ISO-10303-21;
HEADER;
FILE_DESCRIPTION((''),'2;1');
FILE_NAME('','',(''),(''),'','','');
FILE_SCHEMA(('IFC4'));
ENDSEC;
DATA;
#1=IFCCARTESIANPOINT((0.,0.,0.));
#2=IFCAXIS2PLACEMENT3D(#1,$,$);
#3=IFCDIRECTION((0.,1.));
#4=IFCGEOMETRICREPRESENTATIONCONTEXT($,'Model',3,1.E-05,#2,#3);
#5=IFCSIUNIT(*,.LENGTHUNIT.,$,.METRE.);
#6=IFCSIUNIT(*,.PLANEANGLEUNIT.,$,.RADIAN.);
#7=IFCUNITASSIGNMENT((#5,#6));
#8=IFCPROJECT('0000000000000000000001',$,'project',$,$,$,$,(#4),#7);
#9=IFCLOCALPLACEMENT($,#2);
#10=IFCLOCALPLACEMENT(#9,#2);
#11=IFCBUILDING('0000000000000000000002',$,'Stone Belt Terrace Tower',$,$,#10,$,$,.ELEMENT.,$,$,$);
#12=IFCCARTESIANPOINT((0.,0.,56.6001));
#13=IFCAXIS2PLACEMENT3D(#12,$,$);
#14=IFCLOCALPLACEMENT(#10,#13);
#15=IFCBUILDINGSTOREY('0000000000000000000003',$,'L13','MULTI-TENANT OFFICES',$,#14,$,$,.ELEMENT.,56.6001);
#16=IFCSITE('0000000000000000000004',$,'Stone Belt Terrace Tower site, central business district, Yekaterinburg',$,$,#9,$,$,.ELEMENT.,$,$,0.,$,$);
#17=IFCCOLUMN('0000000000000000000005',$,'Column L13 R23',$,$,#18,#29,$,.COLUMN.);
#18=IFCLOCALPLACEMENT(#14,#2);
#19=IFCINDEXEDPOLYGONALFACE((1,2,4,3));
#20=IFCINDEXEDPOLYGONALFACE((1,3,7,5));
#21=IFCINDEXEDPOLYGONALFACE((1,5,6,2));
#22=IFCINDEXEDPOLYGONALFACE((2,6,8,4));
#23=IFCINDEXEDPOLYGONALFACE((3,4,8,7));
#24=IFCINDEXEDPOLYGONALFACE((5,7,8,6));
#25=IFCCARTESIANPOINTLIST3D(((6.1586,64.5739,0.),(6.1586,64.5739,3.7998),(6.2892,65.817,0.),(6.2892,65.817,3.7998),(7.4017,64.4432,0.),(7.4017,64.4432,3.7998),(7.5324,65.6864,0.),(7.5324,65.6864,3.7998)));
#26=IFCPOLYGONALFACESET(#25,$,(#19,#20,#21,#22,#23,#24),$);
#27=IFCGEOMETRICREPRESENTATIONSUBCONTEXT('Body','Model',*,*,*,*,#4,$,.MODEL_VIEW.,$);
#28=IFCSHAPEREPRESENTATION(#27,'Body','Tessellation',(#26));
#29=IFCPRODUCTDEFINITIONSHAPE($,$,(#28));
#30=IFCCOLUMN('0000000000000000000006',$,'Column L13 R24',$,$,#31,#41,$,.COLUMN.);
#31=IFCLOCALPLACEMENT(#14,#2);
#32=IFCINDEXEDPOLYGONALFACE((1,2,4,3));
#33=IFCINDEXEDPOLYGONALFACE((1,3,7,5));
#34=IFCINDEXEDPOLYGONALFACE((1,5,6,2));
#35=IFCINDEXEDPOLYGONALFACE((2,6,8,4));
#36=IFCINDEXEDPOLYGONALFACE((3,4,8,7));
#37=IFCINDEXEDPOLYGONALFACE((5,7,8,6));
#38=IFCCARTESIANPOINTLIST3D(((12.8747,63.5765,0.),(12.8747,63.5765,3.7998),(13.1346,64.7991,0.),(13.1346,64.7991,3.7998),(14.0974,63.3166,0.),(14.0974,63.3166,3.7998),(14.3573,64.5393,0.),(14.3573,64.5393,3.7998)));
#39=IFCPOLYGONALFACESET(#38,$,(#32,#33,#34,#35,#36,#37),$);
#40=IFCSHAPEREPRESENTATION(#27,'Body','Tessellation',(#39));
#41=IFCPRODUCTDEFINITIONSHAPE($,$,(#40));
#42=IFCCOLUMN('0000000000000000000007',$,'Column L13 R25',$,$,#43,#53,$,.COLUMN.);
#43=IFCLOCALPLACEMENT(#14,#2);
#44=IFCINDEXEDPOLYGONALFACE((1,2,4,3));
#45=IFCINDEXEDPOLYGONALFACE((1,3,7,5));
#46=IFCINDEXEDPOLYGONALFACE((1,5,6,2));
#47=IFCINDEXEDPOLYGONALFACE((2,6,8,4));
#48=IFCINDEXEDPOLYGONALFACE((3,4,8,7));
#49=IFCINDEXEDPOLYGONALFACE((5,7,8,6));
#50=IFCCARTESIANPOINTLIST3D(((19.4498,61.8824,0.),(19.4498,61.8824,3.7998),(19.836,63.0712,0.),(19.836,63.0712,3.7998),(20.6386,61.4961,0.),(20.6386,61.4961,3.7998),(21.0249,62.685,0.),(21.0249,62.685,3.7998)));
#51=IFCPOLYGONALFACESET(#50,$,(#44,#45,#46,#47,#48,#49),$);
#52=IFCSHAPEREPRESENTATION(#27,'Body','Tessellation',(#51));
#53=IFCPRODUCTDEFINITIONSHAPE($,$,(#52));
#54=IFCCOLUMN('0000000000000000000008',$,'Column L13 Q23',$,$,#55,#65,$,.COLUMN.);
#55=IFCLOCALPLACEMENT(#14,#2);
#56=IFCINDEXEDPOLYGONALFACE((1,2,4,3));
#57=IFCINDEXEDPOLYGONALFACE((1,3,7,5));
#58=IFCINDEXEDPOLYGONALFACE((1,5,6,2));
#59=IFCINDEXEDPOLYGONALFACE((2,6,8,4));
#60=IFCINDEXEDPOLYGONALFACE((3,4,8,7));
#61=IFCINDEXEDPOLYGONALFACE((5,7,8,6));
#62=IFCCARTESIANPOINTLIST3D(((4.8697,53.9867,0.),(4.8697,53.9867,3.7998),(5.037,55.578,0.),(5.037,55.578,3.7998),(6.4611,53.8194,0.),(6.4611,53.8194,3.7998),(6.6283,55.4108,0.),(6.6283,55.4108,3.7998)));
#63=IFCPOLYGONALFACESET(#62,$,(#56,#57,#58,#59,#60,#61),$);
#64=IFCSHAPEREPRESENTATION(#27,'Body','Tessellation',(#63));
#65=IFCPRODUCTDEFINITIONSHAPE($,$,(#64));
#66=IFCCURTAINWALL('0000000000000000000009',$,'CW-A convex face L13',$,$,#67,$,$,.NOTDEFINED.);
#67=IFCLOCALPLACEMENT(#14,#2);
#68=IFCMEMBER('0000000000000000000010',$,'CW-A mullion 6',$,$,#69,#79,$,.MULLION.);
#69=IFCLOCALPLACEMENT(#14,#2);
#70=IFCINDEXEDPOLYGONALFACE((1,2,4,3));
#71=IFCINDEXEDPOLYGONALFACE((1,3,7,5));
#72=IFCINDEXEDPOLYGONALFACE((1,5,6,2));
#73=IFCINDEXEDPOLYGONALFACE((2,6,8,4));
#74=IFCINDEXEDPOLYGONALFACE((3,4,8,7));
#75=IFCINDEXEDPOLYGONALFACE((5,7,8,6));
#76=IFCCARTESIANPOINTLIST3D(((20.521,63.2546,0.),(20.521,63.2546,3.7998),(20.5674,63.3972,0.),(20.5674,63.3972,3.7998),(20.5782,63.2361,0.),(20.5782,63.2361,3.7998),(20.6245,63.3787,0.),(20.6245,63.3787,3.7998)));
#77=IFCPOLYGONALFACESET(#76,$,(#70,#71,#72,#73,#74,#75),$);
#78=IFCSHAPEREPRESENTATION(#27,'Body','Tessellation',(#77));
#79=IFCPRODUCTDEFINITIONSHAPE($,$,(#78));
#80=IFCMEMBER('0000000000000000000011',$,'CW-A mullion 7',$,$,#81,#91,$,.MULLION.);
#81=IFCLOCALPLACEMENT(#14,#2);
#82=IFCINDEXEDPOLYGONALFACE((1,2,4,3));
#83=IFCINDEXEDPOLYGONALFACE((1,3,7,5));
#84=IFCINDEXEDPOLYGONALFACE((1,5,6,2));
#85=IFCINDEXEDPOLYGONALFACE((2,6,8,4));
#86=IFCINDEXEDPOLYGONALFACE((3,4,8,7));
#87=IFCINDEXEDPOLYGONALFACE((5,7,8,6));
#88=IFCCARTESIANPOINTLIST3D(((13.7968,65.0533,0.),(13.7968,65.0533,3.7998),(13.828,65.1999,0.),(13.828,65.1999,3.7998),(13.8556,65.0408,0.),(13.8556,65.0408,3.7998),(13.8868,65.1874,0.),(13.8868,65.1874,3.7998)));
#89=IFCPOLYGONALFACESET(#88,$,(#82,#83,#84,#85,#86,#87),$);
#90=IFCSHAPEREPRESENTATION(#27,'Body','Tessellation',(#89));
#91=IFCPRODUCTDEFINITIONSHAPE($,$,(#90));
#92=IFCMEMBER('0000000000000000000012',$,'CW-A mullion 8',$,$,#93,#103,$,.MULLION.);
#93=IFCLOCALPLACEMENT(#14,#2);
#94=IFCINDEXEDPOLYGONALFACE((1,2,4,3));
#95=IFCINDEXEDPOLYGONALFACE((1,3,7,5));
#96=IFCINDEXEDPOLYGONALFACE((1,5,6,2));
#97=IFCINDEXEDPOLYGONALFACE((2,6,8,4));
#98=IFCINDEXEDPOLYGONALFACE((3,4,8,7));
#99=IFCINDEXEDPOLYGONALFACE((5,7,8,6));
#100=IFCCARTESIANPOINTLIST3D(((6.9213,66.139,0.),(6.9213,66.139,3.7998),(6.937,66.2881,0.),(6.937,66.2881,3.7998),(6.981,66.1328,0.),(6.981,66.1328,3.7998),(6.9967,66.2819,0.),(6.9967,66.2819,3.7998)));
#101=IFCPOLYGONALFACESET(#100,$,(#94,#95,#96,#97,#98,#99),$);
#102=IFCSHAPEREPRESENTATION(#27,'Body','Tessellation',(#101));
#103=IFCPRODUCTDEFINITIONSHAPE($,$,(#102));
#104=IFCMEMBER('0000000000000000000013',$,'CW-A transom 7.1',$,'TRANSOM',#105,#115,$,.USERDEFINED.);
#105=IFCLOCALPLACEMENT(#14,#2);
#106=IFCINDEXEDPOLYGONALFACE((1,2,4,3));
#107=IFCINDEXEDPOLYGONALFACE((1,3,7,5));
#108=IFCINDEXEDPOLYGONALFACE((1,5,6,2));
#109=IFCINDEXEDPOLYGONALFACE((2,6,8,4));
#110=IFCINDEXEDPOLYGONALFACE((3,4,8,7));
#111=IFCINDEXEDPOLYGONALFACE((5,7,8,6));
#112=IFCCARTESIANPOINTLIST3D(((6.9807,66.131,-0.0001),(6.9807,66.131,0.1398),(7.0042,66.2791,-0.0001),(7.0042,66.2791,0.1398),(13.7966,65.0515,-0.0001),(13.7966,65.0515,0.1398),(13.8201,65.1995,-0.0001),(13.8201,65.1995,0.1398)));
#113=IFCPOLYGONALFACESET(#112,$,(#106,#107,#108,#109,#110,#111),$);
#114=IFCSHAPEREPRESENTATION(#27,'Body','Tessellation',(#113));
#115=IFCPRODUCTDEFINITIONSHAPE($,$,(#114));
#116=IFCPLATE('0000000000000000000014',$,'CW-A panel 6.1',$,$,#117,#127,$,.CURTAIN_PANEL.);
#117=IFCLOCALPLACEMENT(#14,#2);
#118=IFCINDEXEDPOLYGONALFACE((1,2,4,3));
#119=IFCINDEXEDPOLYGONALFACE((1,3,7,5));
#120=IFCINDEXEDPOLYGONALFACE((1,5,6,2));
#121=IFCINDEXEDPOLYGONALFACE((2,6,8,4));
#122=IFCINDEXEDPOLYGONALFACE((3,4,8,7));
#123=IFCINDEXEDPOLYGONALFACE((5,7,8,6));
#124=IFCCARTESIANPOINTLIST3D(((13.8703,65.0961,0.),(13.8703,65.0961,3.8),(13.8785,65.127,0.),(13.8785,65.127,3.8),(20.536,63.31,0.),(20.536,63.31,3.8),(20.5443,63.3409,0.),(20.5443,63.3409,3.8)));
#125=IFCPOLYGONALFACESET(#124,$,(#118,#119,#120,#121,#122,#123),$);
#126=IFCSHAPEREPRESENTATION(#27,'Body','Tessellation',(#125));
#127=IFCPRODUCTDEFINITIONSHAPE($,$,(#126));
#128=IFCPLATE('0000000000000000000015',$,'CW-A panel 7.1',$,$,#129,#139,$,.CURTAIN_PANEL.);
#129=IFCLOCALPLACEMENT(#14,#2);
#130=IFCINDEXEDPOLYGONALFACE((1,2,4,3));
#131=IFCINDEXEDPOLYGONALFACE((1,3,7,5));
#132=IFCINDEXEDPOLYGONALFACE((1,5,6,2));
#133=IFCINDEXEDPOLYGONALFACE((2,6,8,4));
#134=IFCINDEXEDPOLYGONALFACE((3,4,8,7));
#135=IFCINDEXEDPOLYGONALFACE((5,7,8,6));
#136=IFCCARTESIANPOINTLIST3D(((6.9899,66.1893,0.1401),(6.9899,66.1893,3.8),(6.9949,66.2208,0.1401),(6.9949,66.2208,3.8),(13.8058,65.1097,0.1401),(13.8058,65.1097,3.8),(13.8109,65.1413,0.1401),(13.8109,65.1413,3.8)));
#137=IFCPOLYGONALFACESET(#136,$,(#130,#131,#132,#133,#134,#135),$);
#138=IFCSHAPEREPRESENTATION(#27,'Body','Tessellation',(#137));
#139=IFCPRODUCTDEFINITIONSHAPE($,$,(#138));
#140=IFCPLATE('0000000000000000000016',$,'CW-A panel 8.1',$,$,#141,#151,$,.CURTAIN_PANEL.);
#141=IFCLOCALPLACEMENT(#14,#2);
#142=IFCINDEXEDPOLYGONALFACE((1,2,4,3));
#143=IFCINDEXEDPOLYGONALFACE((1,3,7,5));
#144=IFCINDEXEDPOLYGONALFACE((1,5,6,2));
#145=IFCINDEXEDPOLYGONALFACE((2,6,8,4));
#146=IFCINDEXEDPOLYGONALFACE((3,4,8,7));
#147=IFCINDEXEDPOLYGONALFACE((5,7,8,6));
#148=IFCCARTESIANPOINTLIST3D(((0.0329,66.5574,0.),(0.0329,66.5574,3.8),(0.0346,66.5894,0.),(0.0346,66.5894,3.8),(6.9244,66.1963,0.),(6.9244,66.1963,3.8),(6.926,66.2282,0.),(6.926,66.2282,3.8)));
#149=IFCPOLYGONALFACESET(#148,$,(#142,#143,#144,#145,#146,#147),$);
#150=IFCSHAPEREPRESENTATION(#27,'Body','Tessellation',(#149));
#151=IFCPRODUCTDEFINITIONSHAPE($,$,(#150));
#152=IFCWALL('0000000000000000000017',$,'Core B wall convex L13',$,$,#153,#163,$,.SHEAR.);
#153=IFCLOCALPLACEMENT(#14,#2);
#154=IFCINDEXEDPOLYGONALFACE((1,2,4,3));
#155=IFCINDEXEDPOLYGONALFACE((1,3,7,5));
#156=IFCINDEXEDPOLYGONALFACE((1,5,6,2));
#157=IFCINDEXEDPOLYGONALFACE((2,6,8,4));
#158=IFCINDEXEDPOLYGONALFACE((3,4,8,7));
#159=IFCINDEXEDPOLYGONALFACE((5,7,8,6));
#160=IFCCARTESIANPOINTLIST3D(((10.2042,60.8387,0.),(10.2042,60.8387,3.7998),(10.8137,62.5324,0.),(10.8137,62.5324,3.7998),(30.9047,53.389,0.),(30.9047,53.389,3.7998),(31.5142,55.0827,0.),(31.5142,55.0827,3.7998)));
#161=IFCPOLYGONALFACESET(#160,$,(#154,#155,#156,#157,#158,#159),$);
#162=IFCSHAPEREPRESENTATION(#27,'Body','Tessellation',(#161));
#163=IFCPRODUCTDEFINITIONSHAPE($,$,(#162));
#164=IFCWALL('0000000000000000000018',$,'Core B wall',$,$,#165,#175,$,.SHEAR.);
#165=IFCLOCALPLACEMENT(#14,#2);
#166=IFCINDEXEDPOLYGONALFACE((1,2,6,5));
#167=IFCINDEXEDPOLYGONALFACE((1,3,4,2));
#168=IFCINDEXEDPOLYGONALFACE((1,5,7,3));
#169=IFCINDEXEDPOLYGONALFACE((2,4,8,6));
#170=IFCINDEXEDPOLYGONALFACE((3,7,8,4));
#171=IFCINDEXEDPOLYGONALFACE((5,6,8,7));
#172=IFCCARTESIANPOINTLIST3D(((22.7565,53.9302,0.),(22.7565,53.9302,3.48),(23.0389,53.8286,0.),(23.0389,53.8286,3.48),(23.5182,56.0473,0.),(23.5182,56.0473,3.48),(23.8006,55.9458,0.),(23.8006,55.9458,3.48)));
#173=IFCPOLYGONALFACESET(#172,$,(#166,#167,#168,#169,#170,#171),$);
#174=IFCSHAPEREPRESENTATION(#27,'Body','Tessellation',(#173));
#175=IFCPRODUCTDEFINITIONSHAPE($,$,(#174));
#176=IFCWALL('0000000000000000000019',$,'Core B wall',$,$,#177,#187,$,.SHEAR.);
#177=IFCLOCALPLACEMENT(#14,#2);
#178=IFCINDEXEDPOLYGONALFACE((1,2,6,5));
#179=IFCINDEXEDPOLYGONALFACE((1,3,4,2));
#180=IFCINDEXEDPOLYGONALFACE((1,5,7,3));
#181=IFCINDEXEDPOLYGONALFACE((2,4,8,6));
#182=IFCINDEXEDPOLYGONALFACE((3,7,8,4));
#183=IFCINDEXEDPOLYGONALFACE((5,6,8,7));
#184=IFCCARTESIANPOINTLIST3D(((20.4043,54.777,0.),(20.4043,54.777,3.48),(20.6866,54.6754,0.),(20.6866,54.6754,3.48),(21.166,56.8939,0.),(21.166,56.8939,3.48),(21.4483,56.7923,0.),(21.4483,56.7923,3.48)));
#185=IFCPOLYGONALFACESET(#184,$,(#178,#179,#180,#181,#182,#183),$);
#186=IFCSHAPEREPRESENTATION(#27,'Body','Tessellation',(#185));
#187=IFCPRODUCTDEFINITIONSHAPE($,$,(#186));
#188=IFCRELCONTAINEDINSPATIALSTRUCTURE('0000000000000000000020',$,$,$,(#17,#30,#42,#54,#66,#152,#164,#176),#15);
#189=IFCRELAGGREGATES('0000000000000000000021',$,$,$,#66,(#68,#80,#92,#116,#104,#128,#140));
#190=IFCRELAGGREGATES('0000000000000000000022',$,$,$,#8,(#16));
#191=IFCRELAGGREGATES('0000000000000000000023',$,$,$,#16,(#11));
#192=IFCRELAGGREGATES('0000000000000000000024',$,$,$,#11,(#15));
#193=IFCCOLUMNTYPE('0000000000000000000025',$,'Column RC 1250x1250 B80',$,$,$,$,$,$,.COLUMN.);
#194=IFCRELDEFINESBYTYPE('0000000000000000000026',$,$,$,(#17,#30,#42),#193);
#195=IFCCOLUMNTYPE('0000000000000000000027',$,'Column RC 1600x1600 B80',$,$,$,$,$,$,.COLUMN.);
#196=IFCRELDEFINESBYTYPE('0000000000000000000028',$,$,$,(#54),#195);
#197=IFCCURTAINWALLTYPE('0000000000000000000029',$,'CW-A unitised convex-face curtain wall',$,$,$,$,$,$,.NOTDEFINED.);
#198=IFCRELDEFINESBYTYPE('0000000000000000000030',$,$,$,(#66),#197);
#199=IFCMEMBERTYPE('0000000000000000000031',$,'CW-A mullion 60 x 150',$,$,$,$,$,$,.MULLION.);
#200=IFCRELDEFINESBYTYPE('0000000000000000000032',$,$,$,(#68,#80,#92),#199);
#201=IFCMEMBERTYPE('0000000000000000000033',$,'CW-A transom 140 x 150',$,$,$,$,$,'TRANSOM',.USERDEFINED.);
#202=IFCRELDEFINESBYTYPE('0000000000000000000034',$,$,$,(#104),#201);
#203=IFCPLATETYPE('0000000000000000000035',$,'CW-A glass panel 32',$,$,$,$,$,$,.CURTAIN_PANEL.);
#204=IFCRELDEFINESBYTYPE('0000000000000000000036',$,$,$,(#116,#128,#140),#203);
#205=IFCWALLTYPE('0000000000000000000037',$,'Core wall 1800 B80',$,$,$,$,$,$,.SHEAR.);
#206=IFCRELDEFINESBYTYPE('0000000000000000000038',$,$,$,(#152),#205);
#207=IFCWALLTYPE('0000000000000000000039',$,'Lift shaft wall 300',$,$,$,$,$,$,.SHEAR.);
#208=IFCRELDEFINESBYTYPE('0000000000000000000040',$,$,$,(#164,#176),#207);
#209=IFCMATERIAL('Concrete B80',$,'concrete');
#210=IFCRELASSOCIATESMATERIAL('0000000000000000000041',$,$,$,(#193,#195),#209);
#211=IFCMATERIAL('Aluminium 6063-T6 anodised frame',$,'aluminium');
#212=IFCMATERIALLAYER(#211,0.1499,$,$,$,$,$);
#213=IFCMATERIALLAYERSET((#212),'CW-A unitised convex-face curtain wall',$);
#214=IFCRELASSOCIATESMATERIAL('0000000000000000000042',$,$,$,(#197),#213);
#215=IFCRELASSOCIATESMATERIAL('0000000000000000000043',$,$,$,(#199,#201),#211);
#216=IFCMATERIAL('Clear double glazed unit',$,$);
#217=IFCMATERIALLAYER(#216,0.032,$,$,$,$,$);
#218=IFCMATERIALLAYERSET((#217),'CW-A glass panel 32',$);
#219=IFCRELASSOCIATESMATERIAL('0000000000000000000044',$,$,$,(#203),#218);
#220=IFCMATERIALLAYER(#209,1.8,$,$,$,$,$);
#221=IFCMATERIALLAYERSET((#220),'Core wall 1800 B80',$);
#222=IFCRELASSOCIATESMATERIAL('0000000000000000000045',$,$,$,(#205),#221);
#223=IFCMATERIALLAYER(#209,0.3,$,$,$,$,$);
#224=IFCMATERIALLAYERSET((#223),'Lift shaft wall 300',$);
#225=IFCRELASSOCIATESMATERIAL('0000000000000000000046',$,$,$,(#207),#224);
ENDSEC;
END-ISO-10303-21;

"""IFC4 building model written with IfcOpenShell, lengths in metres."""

from ifc_helpers import new_model, si_unit, direction, frame, frame_2d, origin, origin_2d, place, context, subcontext, project, spatial, rectangle, extrude, material, layer, layer_set, material_profile, profile_set, type_object, element, aggregate, save


model = new_model("IFC4")

# Units and contexts
model_context = context("Model", 3, precision=1e-05, world=origin(), true_north=direction((0.0, 1.0)))
body_context = subcontext(model_context, "Body", "Model", "MODEL_VIEW")
ifc_project = project(units=[si_unit("LENGTHUNIT", "METRE"), si_unit("PLANEANGLEUNIT", "RADIAN")], contexts=[model_context])

# Site, building, storey
site_placement = place(None, origin())
site = spatial("IfcSite", under=ifc_project, at=site_placement, Name="Stone Belt Terrace Tower site, central business district, Yekaterinburg", CompositionType="ELEMENT", RefElevation=0.0)
building_placement = place(site_placement, origin())
building = spatial("IfcBuilding", under=site, at=building_placement, Name="Stone Belt Terrace Tower", CompositionType="ELEMENT")
storey_placement = place(building_placement, frame((0.0, 0.0, 56.6001)))
storey = spatial("IfcBuildingStorey", under=building, at=storey_placement, Name="L13", Description="MULTI-TENANT OFFICES", CompositionType="ELEMENT", Elevation=56.6001)

# Columns
ifc_material_1 = material(Name="Concrete B80", Category="concrete")
ifc_material_profile_1 = material_profile(ifc_material_1, rectangle(XDim=1.25, YDim=1.25, at=origin_2d()), Name="RC 1250x1250")
ifc_profile_set_1 = profile_set([ifc_material_profile_1], Name="Concrete B80")
column_type_1 = type_object("IfcColumnType", Name="Column RC 1250x1250 B80", PredefinedType="COLUMN", material=ifc_profile_set_1)
for number, where, z_axis, x_axis, name in (
    (1, (6.8455, 65.1301, 0.0), (0.0, 0.0, 1.0), (0.994522, -0.104528, 0.0), "Column L13 R23"),
    (2, (13.616, 64.0579, 0.0), (0.0, 0.0, 1.0), (0.978148, -0.207912, 0.0), "Column L13 R24"),
    (3, (20.2373, 62.2837, 0.0), (0.0, 0.0, 1.0), (0.951057, -0.309017, 0.0), "Column L13 R25"),
):
    element("IfcColumn", number, at=place(storey_placement, frame(where, z_axis=z_axis, x_axis=x_axis)), inside=storey, type_object=column_type_1, Name=name, PredefinedType="COLUMN", context=body_context, shape_type="SweptSolid", body=[
        extrude(rectangle(XDim=1.25, YDim=1.25, at=origin_2d()), origin(), (0.0, 0.0, 1.0), 3.7998),
    ])
ifc_material_profile_2 = material_profile(ifc_material_1, rectangle(XDim=1.6001, YDim=1.6001, at=origin_2d()), Name="RC 1600x1600")
ifc_profile_set_2 = profile_set([ifc_material_profile_2], Name="Concrete B80")
column_type_2 = type_object("IfcColumnType", Name="Column RC 1600x1600 B80", PredefinedType="COLUMN", material=ifc_profile_set_2)
column_placement = place(storey_placement, frame((5.749, 54.6987, 0.0), z_axis=(0.0, 0.0, 1.0), x_axis=(0.994522, -0.104528, 0.0)))
element("IfcColumn", 4, at=column_placement, inside=storey, type_object=column_type_2, Name="Column L13 Q23", PredefinedType="COLUMN", context=body_context, shape_type="SweptSolid", body=[
    extrude(rectangle(XDim=1.6001, YDim=1.6001, at=origin_2d()), origin(), (0.0, 0.0, 1.0), 3.7998),
])

# Curtain wall, members, plates
ifc_material_2 = material(Name="Aluminium 6063-T6 anodised frame", Category="aluminium")
ifc_layer_1 = layer(ifc_material_2, 0.1499)
ifc_layer_set_1 = layer_set([ifc_layer_1], Name="CW-A unitised convex-face curtain wall")
curtain_wall_type = type_object("IfcCurtainWallType", Name="CW-A unitised convex-face curtain wall", PredefinedType="NOTDEFINED", material=ifc_layer_set_1)
curtain_wall_placement = place(storey_placement, origin())
curtain_wall = element("IfcCurtainWall", 5, at=curtain_wall_placement, inside=storey, type_object=curtain_wall_type, Name="CW-A convex face L13", PredefinedType="NOTDEFINED")
ifc_material_profile_3 = material_profile(ifc_material_2, rectangle(XDim=0.1499, YDim=0.0601, at=origin_2d()), Name="Aluminium 6063-T6 60x150")
ifc_profile_set_3 = profile_set([ifc_material_profile_3], Name="Aluminium 6063-T6 anodised frame")
member_type_1 = type_object("IfcMemberType", Name="CW-A mullion 60 x 150", PredefinedType="MULLION", material=ifc_profile_set_3)
member_1_placement = place(storey_placement, frame((20.5728, 63.3167, 0.0), z_axis=(0.0, 0.0, 1.0), x_axis=(-0.309017, -0.951057, 0.0)))
member_1 = element("IfcMember", 6, at=member_1_placement, type_object=member_type_1, Name="CW-A mullion 6", PredefinedType="MULLION", context=body_context, shape_type="SweptSolid", body=[
    extrude(rectangle(XDim=0.1499, YDim=0.0601, at=origin_2d()), origin(), (0.0, 0.0, 1.0), 3.7998),
])
member_2_placement = place(storey_placement, frame((13.8418, 65.1204, 0.0), z_axis=(0.0, 0.0, 1.0), x_axis=(-0.207912, -0.978148, 0.0)))
member_2 = element("IfcMember", 7, at=member_2_placement, type_object=member_type_1, Name="CW-A mullion 7", PredefinedType="MULLION", context=body_context, shape_type="SweptSolid", body=[
    extrude(rectangle(XDim=0.1499, YDim=0.0601, at=origin_2d()), origin(), (0.0, 0.0, 1.0), 3.7998),
])
member_3_placement = place(storey_placement, frame((6.959, 66.2104, 0.0), z_axis=(0.0, 0.0, 1.0), x_axis=(-0.104528, -0.994522, 0.0)))
member_3 = element("IfcMember", 8, at=member_3_placement, type_object=member_type_1, Name="CW-A mullion 8", PredefinedType="MULLION", context=body_context, shape_type="SweptSolid", body=[
    extrude(rectangle(XDim=0.1499, YDim=0.0601, at=origin_2d()), origin(), (0.0, 0.0, 1.0), 3.7998),
])
ifc_material_profile_4 = material_profile(ifc_material_2, rectangle(XDim=0.1499, YDim=0.1399, at=origin_2d()), Name="Aluminium 6063-T6 150x140")
ifc_profile_set_4 = profile_set([ifc_material_profile_4], Name="Aluminium 6063-T6 anodised frame")
member_type_2 = type_object("IfcMemberType", Name="CW-A transom 140 x 150", ElementType="TRANSOM", PredefinedType="USERDEFINED", material=ifc_profile_set_4)
member_4_placement = place(storey_placement, frame((13.8083, 65.1255, 0.0698), z_axis=(-0.987687, 0.156442, 0.0), x_axis=(-0.156442, -0.987687, 0.0)))
member_4 = element("IfcMember", 9, at=member_4_placement, type_object=member_type_2, Name="CW-A transom 7.1", ObjectType="TRANSOM", PredefinedType="USERDEFINED", context=body_context, shape_type="SweptSolid", body=[
    extrude(rectangle(XDim=0.1499, YDim=0.1399, at=origin_2d()), origin(), (0.0, 0.0, 1.0), 6.9009),
])
ifc_material_3 = material(Name="Clear double glazed unit")
ifc_layer_2 = layer(ifc_material_3, 0.032)
ifc_layer_set_2 = layer_set([ifc_layer_2], Name="CW-A glass panel 32")
plate_type = type_object("IfcPlateType", Name="CW-A glass panel 32", PredefinedType="CURTAIN_PANEL", material=ifc_layer_set_2)
plate_1_placement = place(storey_placement, frame((17.2073, 64.2185, 0.0), z_axis=(0.0, 0.0, 1.0), x_axis=(-0.965926, 0.258819, 0.0)))
plate_1 = element("IfcPlate", 10, at=plate_1_placement, type_object=plate_type, Name="CW-A panel 6.1", PredefinedType="CURTAIN_PANEL", context=body_context, shape_type="SweptSolid", body=[
    extrude(rectangle(XDim=6.9009, YDim=0.032, at=origin_2d()), origin(), (0.0, 0.0, 1.0), 3.8),
])
plate_2_placement = place(storey_placement, frame((10.4004, 65.6653, 0.1401), z_axis=(0.0, 0.0, 1.0), x_axis=(-0.987688, 0.156434, 0.0)))
plate_2 = element("IfcPlate", 11, at=plate_2_placement, type_object=plate_type, Name="CW-A panel 7.1", PredefinedType="CURTAIN_PANEL", context=body_context, shape_type="SweptSolid", body=[
    extrude(rectangle(XDim=6.9009, YDim=0.032, at=origin_2d()), origin(), (0.0, 0.0, 1.0), 3.6599),
])
plate_3_placement = place(storey_placement, frame((3.4795, 66.3928, 0.0), z_axis=(0.0, 0.0, 1.0), x_axis=(-0.99863, 0.052336, 0.0)))
plate_3 = element("IfcPlate", 12, at=plate_3_placement, type_object=plate_type, Name="CW-A panel 8.1", PredefinedType="CURTAIN_PANEL", context=body_context, shape_type="SweptSolid", body=[
    extrude(rectangle(XDim=6.9009, YDim=0.032, at=origin_2d()), origin(), (0.0, 0.0, 1.0), 3.8),
])
aggregate(curtain_wall, [member_1, member_2, member_3, plate_1, member_4, plate_2, plate_3])

# Walls
ifc_layer_3 = layer(ifc_material_1, 1.8)
ifc_layer_set_3 = layer_set([ifc_layer_3], Name="Core wall 1800 B80")
wall_type_1 = type_object("IfcWallType", Name="Core wall 1800 B80", PredefinedType="SHEAR", material=ifc_layer_set_3)
wall_1_placement = place(storey_placement, frame((10.509, 61.6855, 0.0), z_axis=(0.0, 0.0, 1.0), x_axis=(0.940923, -0.338621, 0.0)))
element("IfcWall", 13, at=wall_1_placement, inside=storey, type_object=wall_type_1, Name="Core B wall convex L13", PredefinedType="SHEAR", context=body_context, shape_type="SweptSolid", body=[
    extrude(rectangle(XDim=22.0002, YDim=1.8, at=frame_2d((11.0, 0.0))), origin(), (0.0, 0.0, 1.0), 3.7998),
])
ifc_layer_4 = layer(ifc_material_1, 0.3)
ifc_layer_set_4 = layer_set([ifc_layer_4], Name="Lift shaft wall 300")
wall_type_2 = type_object("IfcWallType", Name="Lift shaft wall 300", PredefinedType="SHEAR", material=ifc_layer_set_4)
wall_2_placement = place(storey_placement, frame((22.8977, 53.8794, 0.0), z_axis=(0.0, 0.0, 1.0), x_axis=(0.338535, 0.940954, 0.0)))
element("IfcWall", 14, at=wall_2_placement, inside=storey, type_object=wall_type_2, Name="Core B wall", PredefinedType="SHEAR", context=body_context, shape_type="SweptSolid", body=[
    extrude(rectangle(XDim=2.25, YDim=0.3, at=frame_2d((1.125, 0.0))), origin(), (0.0, 0.0, 1.0), 3.48),
])
wall_3_placement = place(storey_placement, frame((20.5454, 54.7261, 0.0), z_axis=(0.0, 0.0, 1.0), x_axis=(0.33857, 0.940941, 0.0)))
element("IfcWall", 15, at=wall_3_placement, inside=storey, type_object=wall_type_2, Name="Core B wall", PredefinedType="SHEAR", context=body_context, shape_type="SweptSolid", body=[
    extrude(rectangle(XDim=2.2498, YDim=0.3, at=frame_2d((1.125, 0.0))), origin(), (0.0, 0.0, 1.0), 3.48),
])

save(model, "model.ifc")
